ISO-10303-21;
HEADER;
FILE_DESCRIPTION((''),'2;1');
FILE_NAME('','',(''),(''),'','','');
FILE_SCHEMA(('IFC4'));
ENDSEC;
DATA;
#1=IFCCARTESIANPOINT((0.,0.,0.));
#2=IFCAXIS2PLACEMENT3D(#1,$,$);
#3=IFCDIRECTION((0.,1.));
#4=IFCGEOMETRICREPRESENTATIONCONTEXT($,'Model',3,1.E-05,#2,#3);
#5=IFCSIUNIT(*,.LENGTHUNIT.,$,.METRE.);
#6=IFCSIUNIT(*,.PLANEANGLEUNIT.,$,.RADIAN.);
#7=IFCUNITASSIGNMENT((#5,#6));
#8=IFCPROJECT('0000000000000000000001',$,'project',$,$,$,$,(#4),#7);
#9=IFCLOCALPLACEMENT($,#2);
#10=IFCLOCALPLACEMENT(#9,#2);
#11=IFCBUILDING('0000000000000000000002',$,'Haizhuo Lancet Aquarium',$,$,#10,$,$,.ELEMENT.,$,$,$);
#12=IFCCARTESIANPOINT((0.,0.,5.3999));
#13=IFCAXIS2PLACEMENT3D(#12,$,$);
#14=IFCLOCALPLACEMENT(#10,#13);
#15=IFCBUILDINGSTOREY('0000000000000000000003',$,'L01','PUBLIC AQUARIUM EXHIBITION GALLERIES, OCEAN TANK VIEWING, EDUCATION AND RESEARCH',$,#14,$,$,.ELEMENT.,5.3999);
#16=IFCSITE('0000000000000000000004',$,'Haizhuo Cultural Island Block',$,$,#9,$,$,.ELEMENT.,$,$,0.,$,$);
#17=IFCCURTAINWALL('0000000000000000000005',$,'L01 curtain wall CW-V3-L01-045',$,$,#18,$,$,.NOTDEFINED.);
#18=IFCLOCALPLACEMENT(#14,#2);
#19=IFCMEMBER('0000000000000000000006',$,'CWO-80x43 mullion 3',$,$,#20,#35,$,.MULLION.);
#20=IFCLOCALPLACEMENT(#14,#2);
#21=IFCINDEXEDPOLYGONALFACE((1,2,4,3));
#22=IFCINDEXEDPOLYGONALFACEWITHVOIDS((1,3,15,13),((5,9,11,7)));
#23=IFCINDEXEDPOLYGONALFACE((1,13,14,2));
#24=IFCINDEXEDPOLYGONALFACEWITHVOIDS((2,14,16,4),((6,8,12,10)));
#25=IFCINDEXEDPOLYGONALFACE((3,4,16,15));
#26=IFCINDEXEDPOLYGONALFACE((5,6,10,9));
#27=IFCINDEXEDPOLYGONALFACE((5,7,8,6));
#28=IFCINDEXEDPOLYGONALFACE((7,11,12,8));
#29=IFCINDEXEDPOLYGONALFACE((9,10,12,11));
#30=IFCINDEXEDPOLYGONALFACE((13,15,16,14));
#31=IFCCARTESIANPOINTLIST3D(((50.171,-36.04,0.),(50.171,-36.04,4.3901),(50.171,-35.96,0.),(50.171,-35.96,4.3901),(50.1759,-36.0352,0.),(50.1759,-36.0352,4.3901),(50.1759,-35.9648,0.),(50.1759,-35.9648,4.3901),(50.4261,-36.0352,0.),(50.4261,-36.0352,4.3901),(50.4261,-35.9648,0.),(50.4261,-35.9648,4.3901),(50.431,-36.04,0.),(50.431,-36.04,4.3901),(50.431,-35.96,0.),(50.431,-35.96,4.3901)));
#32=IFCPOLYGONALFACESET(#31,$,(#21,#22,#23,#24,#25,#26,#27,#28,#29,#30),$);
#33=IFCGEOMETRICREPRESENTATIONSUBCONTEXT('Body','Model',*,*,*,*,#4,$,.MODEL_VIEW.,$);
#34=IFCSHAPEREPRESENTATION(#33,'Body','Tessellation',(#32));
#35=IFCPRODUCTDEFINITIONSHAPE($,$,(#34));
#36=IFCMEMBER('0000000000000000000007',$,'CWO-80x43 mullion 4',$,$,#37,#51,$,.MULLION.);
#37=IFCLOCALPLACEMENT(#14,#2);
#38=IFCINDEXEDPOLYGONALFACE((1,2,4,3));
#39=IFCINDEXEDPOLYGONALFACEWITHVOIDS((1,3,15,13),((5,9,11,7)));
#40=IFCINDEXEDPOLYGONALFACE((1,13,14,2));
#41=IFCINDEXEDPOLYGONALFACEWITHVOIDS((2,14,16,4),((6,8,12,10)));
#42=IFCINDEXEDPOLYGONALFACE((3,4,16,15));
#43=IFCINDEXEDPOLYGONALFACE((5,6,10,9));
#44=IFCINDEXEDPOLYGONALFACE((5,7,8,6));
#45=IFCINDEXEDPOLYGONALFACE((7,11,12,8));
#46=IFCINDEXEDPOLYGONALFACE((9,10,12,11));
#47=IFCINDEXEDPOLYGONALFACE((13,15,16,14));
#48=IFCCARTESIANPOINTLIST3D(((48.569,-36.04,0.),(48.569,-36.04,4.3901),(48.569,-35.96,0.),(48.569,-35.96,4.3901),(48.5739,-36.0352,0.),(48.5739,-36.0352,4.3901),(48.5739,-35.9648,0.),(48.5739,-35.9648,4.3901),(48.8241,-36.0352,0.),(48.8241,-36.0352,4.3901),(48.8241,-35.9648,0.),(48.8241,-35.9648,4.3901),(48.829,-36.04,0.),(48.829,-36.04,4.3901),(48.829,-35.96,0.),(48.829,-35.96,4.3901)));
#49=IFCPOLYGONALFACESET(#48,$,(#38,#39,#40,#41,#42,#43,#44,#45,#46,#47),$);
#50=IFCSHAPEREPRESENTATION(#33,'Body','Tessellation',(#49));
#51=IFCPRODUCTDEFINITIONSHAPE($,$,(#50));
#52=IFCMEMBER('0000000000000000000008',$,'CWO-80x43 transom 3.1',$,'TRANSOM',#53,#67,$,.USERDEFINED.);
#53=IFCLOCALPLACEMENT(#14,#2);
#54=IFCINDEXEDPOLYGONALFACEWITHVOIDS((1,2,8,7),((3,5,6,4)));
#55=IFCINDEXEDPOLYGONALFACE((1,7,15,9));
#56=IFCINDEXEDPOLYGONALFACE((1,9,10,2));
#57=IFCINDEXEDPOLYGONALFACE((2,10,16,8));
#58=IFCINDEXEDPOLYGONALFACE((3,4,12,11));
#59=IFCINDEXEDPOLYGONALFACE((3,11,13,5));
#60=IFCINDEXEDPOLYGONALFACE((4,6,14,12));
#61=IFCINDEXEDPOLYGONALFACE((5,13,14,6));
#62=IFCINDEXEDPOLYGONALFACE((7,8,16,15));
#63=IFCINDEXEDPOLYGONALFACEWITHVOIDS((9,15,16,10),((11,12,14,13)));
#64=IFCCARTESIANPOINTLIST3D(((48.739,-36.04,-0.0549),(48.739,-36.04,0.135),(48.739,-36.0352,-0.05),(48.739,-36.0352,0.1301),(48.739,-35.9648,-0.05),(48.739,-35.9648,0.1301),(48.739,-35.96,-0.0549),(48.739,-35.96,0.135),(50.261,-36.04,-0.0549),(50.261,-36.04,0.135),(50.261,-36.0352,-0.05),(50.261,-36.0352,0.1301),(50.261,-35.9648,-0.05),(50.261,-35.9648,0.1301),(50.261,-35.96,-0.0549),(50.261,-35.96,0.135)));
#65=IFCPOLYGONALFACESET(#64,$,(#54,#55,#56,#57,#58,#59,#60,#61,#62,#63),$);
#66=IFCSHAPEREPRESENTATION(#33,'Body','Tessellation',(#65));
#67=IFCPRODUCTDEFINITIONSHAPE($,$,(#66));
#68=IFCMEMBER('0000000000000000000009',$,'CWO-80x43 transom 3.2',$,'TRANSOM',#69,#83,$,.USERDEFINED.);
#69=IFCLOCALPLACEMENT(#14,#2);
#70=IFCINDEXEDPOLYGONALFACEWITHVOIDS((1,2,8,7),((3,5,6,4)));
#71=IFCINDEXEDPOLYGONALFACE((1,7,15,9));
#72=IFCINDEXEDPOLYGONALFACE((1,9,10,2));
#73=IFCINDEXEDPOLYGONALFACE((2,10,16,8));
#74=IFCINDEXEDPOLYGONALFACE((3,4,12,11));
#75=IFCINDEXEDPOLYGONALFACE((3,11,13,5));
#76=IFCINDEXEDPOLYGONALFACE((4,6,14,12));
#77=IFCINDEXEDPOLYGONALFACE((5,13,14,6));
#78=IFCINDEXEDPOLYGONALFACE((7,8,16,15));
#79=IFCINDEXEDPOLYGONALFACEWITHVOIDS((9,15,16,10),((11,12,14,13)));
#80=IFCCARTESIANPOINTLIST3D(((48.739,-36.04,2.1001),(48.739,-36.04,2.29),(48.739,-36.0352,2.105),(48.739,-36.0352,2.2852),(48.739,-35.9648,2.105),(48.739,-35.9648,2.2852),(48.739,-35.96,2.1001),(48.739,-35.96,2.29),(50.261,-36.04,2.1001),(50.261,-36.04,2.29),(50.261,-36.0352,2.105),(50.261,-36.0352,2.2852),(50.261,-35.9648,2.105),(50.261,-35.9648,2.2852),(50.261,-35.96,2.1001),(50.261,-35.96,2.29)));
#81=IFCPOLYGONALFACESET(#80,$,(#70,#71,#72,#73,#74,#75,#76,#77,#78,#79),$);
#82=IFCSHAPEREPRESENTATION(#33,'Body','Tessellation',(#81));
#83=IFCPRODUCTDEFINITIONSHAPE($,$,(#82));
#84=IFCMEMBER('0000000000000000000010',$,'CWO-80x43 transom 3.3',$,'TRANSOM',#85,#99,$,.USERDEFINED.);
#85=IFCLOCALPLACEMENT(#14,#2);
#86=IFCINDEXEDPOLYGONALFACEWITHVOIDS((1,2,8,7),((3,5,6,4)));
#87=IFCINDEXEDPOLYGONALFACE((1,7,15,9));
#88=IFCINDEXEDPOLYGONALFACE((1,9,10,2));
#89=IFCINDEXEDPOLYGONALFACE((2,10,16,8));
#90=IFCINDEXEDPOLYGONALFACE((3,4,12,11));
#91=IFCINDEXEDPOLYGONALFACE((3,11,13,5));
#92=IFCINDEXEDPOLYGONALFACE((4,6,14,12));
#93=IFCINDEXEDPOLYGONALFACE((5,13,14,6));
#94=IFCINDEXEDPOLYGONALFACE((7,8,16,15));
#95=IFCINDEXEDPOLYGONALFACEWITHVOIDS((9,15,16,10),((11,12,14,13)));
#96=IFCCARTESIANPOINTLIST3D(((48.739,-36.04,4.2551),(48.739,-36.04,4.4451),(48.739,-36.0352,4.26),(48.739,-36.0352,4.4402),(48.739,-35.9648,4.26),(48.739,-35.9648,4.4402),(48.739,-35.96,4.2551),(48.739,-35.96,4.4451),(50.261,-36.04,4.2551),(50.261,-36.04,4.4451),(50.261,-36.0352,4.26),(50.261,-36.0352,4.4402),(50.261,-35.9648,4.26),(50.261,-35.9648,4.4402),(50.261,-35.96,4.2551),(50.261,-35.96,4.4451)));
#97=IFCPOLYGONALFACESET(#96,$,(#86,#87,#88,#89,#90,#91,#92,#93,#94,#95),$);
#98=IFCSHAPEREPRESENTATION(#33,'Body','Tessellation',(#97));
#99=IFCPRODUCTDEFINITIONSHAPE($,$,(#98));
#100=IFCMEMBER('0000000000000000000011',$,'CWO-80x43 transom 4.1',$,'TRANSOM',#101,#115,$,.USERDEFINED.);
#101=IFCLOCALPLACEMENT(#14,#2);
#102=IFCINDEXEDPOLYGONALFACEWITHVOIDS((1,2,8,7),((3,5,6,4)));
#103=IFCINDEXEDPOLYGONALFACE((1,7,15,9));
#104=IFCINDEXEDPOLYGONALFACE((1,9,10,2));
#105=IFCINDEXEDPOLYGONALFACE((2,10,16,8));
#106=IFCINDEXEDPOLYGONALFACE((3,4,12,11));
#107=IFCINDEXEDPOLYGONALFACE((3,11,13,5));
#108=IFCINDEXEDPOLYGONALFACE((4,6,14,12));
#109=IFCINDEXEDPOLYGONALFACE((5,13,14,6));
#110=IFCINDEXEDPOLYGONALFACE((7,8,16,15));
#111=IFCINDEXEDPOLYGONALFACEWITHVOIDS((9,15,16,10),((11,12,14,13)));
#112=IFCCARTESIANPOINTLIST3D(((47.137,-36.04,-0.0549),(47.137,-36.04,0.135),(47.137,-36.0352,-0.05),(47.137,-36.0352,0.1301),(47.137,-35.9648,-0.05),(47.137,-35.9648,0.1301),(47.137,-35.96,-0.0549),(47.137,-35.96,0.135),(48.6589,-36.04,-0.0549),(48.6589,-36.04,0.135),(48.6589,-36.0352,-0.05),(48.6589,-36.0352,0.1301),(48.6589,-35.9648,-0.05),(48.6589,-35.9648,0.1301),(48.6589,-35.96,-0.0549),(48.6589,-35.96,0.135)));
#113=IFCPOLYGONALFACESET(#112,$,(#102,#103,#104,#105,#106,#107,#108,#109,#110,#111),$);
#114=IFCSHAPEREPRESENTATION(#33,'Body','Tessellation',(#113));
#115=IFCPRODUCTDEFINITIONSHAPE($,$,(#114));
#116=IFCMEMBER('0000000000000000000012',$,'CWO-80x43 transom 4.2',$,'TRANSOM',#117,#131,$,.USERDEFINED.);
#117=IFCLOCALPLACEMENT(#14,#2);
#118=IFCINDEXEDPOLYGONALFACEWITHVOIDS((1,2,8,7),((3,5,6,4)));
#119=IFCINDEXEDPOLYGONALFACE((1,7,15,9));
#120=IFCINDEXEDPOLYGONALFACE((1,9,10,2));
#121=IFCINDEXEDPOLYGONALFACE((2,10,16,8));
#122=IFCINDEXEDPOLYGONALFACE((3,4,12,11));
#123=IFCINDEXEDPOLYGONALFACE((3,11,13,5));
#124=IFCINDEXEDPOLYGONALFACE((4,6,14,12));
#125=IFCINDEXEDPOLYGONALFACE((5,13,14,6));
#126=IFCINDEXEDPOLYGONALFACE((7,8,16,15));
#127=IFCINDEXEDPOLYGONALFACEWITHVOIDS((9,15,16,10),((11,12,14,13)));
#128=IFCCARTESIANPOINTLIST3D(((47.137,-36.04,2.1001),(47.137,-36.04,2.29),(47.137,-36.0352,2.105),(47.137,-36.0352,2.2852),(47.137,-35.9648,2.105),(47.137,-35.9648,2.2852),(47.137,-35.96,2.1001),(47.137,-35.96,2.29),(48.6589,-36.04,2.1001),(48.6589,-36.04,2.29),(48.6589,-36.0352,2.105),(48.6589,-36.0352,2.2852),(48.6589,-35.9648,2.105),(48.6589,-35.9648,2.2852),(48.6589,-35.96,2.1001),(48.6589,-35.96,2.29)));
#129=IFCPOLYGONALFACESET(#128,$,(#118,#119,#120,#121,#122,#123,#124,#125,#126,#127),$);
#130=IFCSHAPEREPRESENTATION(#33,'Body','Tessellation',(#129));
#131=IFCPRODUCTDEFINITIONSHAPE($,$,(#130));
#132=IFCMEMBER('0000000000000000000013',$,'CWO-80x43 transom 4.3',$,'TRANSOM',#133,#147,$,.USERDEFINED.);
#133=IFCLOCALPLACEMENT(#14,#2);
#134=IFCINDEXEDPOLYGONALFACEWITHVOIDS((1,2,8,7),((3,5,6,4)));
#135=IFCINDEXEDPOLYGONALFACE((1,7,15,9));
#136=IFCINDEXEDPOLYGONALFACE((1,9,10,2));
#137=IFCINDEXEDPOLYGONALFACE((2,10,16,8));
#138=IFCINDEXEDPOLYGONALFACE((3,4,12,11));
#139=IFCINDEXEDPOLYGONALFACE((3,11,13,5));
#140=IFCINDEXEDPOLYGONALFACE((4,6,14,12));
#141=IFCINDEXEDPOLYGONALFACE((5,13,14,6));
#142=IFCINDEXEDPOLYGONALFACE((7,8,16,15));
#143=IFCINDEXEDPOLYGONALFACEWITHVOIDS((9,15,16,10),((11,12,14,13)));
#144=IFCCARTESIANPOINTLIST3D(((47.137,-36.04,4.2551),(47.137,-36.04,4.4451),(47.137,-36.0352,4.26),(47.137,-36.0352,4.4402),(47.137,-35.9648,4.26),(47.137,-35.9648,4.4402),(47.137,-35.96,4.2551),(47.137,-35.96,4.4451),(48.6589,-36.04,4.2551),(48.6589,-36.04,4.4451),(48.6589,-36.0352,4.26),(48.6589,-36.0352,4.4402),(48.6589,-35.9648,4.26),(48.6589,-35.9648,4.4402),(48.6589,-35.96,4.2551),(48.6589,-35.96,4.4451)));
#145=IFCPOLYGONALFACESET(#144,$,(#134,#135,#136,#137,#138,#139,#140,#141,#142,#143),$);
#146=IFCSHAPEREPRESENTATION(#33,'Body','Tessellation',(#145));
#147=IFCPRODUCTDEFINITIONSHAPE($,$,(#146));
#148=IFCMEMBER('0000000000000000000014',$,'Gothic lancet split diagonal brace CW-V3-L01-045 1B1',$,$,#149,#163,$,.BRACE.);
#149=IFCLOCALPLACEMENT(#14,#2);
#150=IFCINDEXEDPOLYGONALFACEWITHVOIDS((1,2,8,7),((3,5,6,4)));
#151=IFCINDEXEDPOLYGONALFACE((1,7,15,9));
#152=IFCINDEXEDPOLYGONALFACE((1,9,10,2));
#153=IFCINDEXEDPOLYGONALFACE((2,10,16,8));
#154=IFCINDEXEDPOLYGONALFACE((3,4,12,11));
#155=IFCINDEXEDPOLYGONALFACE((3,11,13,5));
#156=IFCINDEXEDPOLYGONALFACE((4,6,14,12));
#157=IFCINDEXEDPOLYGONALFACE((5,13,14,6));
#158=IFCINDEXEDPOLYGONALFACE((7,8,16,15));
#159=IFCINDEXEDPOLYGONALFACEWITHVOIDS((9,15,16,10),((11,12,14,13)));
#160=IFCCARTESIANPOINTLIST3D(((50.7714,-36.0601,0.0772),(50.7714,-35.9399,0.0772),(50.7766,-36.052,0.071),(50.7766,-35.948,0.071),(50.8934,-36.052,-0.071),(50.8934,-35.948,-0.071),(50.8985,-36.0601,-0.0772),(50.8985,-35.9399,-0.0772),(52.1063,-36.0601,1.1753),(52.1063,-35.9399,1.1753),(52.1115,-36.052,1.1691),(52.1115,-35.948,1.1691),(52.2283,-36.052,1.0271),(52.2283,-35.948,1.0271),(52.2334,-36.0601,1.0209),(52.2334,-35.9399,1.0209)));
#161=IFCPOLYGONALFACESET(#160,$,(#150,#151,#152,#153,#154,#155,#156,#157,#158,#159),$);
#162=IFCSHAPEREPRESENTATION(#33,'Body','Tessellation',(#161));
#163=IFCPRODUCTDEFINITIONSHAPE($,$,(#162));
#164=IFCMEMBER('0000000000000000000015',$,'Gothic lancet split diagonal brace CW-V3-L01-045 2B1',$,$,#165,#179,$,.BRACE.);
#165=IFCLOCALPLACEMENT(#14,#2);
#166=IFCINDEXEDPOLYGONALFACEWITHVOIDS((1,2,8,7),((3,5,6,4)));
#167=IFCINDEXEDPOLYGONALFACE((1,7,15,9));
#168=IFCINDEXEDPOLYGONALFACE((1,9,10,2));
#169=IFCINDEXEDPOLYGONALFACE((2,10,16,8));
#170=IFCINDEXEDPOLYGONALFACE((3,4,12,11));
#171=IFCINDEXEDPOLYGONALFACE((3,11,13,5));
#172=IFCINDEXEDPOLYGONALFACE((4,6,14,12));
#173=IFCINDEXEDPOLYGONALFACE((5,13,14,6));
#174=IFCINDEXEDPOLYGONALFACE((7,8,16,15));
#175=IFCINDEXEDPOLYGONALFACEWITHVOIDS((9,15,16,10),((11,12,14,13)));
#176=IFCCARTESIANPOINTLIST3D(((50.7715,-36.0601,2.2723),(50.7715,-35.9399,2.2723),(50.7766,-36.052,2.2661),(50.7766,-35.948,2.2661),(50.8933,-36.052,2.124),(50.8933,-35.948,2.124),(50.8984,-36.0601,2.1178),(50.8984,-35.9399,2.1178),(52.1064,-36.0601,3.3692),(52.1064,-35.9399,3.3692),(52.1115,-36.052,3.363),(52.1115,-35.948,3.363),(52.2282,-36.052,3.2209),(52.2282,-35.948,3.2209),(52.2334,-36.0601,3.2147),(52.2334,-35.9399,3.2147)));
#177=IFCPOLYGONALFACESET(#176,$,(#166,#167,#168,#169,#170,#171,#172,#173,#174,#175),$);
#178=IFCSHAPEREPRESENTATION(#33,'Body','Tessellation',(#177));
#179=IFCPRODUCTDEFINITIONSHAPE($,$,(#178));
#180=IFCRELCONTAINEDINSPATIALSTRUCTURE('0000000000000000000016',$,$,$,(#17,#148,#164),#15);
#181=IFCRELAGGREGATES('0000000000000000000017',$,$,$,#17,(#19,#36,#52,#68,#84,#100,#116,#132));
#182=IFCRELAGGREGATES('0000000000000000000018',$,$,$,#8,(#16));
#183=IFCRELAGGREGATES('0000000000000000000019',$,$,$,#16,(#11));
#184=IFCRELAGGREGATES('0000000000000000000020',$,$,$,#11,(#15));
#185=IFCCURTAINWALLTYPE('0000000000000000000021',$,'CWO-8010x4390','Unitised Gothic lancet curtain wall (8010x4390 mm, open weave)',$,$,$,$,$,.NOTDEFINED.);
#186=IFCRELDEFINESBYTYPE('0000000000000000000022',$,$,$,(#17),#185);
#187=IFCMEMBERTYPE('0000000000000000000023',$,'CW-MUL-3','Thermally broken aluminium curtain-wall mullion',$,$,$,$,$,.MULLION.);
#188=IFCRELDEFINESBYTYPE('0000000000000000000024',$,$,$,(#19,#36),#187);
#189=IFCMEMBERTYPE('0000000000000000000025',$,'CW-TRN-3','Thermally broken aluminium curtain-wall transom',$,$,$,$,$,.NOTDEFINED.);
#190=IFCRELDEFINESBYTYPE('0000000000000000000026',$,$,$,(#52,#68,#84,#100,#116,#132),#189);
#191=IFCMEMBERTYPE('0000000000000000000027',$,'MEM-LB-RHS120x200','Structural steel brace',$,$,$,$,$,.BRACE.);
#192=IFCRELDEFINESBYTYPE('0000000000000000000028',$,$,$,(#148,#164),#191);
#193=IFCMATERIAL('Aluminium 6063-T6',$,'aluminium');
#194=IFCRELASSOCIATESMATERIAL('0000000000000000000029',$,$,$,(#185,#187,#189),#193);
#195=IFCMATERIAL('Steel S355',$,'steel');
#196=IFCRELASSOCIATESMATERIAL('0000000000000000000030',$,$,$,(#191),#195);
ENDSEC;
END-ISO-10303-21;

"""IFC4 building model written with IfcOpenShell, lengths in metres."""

from ifc_helpers import new_model, si_unit, direction, frame, origin, origin_2d, place, context, subcontext, project, spatial, hollow_rectangle, extrude, material, material_profile, profile_set, type_object, element, aggregate, save


model = new_model("IFC4")

# Units and contexts
model_context = context("Model", 3, precision=1e-05, world=origin(), true_north=direction((0.0, 1.0)))
body_context = subcontext(model_context, "Body", "Model", "MODEL_VIEW")
ifc_project = project(units=[si_unit("LENGTHUNIT", "METRE"), si_unit("PLANEANGLEUNIT", "RADIAN")], contexts=[model_context])

# Site, building, storey
site_placement = place(None, origin())
site = spatial("IfcSite", under=ifc_project, at=site_placement, Name="Haizhuo Cultural Island Block", CompositionType="ELEMENT", RefElevation=0.0)
building_placement = place(site_placement, origin())
building = spatial("IfcBuilding", under=site, at=building_placement, Name="Haizhuo Lancet Aquarium", CompositionType="ELEMENT")
storey_placement = place(building_placement, frame((0.0, 0.0, 5.3999)))
storey = spatial("IfcBuildingStorey", under=building, at=storey_placement, Name="L01", Description="PUBLIC AQUARIUM EXHIBITION GALLERIES, OCEAN TANK VIEWING, EDUCATION AND RESEARCH", CompositionType="ELEMENT", Elevation=5.3999)

# Curtain wall, members
ifc_material_1 = material(Name="Aluminium 6063-T6", Category="aluminium")
curtain_wall_type = type_object("IfcCurtainWallType", Name="CWO-8010x4390", Description="Unitised Gothic lancet curtain wall (8010x4390 mm, open weave)", PredefinedType="NOTDEFINED", material=ifc_material_1)
curtain_wall_placement = place(storey_placement, origin())
curtain_wall = element("IfcCurtainWall", 1, at=curtain_wall_placement, inside=storey, type_object=curtain_wall_type, Name="L01 curtain wall CW-V3-L01-045", PredefinedType="NOTDEFINED")
ifc_material_profile_1 = material_profile(ifc_material_1, hollow_rectangle(XDim=0.0801, YDim=0.26, WallThickness=0.0049, at=origin_2d()), Name="ALU-M 80x260x5")
ifc_profile_set_1 = profile_set([ifc_material_profile_1], Name="Aluminium 6063-T6")
member_type_1 = type_object("IfcMemberType", Name="CW-MUL-3", Description="Thermally broken aluminium curtain-wall mullion", PredefinedType="MULLION", material=ifc_profile_set_1)
member_1_placement = place(storey_placement, frame((50.301, -36.0, 0.0), z_axis=(0.0, 0.0, 1.0), x_axis=(0.0, -1.0, 0.0)))
member_1 = element("IfcMember", 2, at=member_1_placement, type_object=member_type_1, Name="CWO-80x43 mullion 3", PredefinedType="MULLION", context=body_context, shape_type="SweptSolid", body=[
    extrude(hollow_rectangle(XDim=0.0801, YDim=0.26, WallThickness=0.0049, at=origin_2d()), origin(), (0.0, 0.0, 1.0), 4.3901),
])
member_2_placement = place(storey_placement, frame((48.699, -36.0, 0.0), z_axis=(0.0, 0.0, 1.0), x_axis=(0.0, -1.0, 0.0)))
member_2 = element("IfcMember", 3, at=member_2_placement, type_object=member_type_1, Name="CWO-80x43 mullion 4", PredefinedType="MULLION", context=body_context, shape_type="SweptSolid", body=[
    extrude(hollow_rectangle(XDim=0.0801, YDim=0.26, WallThickness=0.0049, at=origin_2d()), origin(), (0.0, 0.0, 1.0), 4.3901),
])
ifc_material_profile_2 = material_profile(ifc_material_1, hollow_rectangle(XDim=0.0801, YDim=0.1899, WallThickness=0.0049, at=origin_2d()), Name="ALU-T 80x190x5")
ifc_profile_set_2 = profile_set([ifc_material_profile_2], Name="Aluminium 6063-T6")
member_type_2 = type_object("IfcMemberType", Name="CW-TRN-3", Description="Thermally broken aluminium curtain-wall transom", PredefinedType="NOTDEFINED", material=ifc_profile_set_2)
member_3_placement = place(storey_placement, frame((50.261, -36.0, 0.04), z_axis=(-1.0, 0.0, 0.0), x_axis=(0.0, -1.0, 0.0)))
member_3 = element("IfcMember", 4, at=member_3_placement, type_object=member_type_2, Name="CWO-80x43 transom 3.1", ObjectType="TRANSOM", PredefinedType="USERDEFINED", context=body_context, shape_type="SweptSolid", body=[
    extrude(hollow_rectangle(XDim=0.0801, YDim=0.1899, WallThickness=0.0049, at=origin_2d()), origin(), (0.0, 0.0, 1.0), 1.522),
])
member_4_placement = place(storey_placement, frame((50.261, -36.0, 2.1951), z_axis=(-1.0, 0.0, 0.0), x_axis=(0.0, -1.0, 0.0)))
member_4 = element("IfcMember", 5, at=member_4_placement, type_object=member_type_2, Name="CWO-80x43 transom 3.2", ObjectType="TRANSOM", PredefinedType="USERDEFINED", context=body_context, shape_type="SweptSolid", body=[
    extrude(hollow_rectangle(XDim=0.0801, YDim=0.1899, WallThickness=0.0049, at=origin_2d()), origin(), (0.0, 0.0, 1.0), 1.522),
])
member_5_placement = place(storey_placement, frame((50.261, -36.0, 4.3501), z_axis=(-1.0, 0.0, 0.0), x_axis=(0.0, -1.0, 0.0)))
member_5 = element("IfcMember", 6, at=member_5_placement, type_object=member_type_2, Name="CWO-80x43 transom 3.3", ObjectType="TRANSOM", PredefinedType="USERDEFINED", context=body_context, shape_type="SweptSolid", body=[
    extrude(hollow_rectangle(XDim=0.0801, YDim=0.1899, WallThickness=0.0049, at=origin_2d()), origin(), (0.0, 0.0, 1.0), 1.522),
])
member_6_placement = place(storey_placement, frame((48.6589, -36.0, 0.04), z_axis=(-1.0, 0.0, 0.0), x_axis=(0.0, -1.0, 0.0)))
member_6 = element("IfcMember", 7, at=member_6_placement, type_object=member_type_2, Name="CWO-80x43 transom 4.1", ObjectType="TRANSOM", PredefinedType="USERDEFINED", context=body_context, shape_type="SweptSolid", body=[
    extrude(hollow_rectangle(XDim=0.0801, YDim=0.1899, WallThickness=0.0049, at=origin_2d()), origin(), (0.0, 0.0, 1.0), 1.522),
])
member_7_placement = place(storey_placement, frame((48.6589, -36.0, 2.1951), z_axis=(-1.0, 0.0, 0.0), x_axis=(0.0, -1.0, 0.0)))
member_7 = element("IfcMember", 8, at=member_7_placement, type_object=member_type_2, Name="CWO-80x43 transom 4.2", ObjectType="TRANSOM", PredefinedType="USERDEFINED", context=body_context, shape_type="SweptSolid", body=[
    extrude(hollow_rectangle(XDim=0.0801, YDim=0.1899, WallThickness=0.0049, at=origin_2d()), origin(), (0.0, 0.0, 1.0), 1.522),
])
member_8_placement = place(storey_placement, frame((48.6589, -36.0, 4.3501), z_axis=(-1.0, 0.0, 0.0), x_axis=(0.0, -1.0, 0.0)))
member_8 = element("IfcMember", 9, at=member_8_placement, type_object=member_type_2, Name="CWO-80x43 transom 4.3", ObjectType="TRANSOM", PredefinedType="USERDEFINED", context=body_context, shape_type="SweptSolid", body=[
    extrude(hollow_rectangle(XDim=0.0801, YDim=0.1899, WallThickness=0.0049, at=origin_2d()), origin(), (0.0, 0.0, 1.0), 1.522),
])

# Members
ifc_material_2 = material(Name="Steel S355", Category="steel")
ifc_material_profile_3 = material_profile(ifc_material_2, hollow_rectangle(XDim=0.1201, YDim=0.2, WallThickness=0.0081, at=origin_2d()), Name="RHS 120x200x8")
ifc_profile_set_3 = profile_set([ifc_material_profile_3], Name="Steel S355")
member_type_3 = type_object("IfcMemberType", Name="MEM-LB-RHS120x200", Description="Structural steel brace", PredefinedType="BRACE", material=ifc_profile_set_3)
member_9_placement = place(storey_placement, frame((50.835, -36.0, 0.0), z_axis=(0.772281, 0.0, 0.635281), x_axis=(0.0, 1.0, 0.0)))
element("IfcMember", 10, at=member_9_placement, inside=storey, type_object=member_type_3, Name="Gothic lancet split diagonal brace CW-V3-L01-045 1B1", PredefinedType="BRACE", context=body_context, shape_type="SweptSolid", body=[
    extrude(hollow_rectangle(XDim=0.1201, YDim=0.2, WallThickness=0.0081, at=origin_2d()), origin(), (0.0, 0.0, 1.0), 1.7285),
])
member_10_placement = place(storey_placement, frame((50.835, -36.0, 2.1951), z_axis=(0.772627, 0.0, 0.63486), x_axis=(0.0, 1.0, 0.0)))
element("IfcMember", 11, at=member_10_placement, inside=storey, type_object=member_type_3, Name="Gothic lancet split diagonal brace CW-V3-L01-045 2B1", PredefinedType="BRACE", context=body_context, shape_type="SweptSolid", body=[
    extrude(hollow_rectangle(XDim=0.1201, YDim=0.2, WallThickness=0.0081, at=origin_2d()), origin(), (0.0, 0.0, 1.0), 1.7278),
])

aggregate(curtain_wall, [member_1, member_2, member_3, member_4, member_5, member_6, member_7, member_8])

save(model, "model.ifc")
